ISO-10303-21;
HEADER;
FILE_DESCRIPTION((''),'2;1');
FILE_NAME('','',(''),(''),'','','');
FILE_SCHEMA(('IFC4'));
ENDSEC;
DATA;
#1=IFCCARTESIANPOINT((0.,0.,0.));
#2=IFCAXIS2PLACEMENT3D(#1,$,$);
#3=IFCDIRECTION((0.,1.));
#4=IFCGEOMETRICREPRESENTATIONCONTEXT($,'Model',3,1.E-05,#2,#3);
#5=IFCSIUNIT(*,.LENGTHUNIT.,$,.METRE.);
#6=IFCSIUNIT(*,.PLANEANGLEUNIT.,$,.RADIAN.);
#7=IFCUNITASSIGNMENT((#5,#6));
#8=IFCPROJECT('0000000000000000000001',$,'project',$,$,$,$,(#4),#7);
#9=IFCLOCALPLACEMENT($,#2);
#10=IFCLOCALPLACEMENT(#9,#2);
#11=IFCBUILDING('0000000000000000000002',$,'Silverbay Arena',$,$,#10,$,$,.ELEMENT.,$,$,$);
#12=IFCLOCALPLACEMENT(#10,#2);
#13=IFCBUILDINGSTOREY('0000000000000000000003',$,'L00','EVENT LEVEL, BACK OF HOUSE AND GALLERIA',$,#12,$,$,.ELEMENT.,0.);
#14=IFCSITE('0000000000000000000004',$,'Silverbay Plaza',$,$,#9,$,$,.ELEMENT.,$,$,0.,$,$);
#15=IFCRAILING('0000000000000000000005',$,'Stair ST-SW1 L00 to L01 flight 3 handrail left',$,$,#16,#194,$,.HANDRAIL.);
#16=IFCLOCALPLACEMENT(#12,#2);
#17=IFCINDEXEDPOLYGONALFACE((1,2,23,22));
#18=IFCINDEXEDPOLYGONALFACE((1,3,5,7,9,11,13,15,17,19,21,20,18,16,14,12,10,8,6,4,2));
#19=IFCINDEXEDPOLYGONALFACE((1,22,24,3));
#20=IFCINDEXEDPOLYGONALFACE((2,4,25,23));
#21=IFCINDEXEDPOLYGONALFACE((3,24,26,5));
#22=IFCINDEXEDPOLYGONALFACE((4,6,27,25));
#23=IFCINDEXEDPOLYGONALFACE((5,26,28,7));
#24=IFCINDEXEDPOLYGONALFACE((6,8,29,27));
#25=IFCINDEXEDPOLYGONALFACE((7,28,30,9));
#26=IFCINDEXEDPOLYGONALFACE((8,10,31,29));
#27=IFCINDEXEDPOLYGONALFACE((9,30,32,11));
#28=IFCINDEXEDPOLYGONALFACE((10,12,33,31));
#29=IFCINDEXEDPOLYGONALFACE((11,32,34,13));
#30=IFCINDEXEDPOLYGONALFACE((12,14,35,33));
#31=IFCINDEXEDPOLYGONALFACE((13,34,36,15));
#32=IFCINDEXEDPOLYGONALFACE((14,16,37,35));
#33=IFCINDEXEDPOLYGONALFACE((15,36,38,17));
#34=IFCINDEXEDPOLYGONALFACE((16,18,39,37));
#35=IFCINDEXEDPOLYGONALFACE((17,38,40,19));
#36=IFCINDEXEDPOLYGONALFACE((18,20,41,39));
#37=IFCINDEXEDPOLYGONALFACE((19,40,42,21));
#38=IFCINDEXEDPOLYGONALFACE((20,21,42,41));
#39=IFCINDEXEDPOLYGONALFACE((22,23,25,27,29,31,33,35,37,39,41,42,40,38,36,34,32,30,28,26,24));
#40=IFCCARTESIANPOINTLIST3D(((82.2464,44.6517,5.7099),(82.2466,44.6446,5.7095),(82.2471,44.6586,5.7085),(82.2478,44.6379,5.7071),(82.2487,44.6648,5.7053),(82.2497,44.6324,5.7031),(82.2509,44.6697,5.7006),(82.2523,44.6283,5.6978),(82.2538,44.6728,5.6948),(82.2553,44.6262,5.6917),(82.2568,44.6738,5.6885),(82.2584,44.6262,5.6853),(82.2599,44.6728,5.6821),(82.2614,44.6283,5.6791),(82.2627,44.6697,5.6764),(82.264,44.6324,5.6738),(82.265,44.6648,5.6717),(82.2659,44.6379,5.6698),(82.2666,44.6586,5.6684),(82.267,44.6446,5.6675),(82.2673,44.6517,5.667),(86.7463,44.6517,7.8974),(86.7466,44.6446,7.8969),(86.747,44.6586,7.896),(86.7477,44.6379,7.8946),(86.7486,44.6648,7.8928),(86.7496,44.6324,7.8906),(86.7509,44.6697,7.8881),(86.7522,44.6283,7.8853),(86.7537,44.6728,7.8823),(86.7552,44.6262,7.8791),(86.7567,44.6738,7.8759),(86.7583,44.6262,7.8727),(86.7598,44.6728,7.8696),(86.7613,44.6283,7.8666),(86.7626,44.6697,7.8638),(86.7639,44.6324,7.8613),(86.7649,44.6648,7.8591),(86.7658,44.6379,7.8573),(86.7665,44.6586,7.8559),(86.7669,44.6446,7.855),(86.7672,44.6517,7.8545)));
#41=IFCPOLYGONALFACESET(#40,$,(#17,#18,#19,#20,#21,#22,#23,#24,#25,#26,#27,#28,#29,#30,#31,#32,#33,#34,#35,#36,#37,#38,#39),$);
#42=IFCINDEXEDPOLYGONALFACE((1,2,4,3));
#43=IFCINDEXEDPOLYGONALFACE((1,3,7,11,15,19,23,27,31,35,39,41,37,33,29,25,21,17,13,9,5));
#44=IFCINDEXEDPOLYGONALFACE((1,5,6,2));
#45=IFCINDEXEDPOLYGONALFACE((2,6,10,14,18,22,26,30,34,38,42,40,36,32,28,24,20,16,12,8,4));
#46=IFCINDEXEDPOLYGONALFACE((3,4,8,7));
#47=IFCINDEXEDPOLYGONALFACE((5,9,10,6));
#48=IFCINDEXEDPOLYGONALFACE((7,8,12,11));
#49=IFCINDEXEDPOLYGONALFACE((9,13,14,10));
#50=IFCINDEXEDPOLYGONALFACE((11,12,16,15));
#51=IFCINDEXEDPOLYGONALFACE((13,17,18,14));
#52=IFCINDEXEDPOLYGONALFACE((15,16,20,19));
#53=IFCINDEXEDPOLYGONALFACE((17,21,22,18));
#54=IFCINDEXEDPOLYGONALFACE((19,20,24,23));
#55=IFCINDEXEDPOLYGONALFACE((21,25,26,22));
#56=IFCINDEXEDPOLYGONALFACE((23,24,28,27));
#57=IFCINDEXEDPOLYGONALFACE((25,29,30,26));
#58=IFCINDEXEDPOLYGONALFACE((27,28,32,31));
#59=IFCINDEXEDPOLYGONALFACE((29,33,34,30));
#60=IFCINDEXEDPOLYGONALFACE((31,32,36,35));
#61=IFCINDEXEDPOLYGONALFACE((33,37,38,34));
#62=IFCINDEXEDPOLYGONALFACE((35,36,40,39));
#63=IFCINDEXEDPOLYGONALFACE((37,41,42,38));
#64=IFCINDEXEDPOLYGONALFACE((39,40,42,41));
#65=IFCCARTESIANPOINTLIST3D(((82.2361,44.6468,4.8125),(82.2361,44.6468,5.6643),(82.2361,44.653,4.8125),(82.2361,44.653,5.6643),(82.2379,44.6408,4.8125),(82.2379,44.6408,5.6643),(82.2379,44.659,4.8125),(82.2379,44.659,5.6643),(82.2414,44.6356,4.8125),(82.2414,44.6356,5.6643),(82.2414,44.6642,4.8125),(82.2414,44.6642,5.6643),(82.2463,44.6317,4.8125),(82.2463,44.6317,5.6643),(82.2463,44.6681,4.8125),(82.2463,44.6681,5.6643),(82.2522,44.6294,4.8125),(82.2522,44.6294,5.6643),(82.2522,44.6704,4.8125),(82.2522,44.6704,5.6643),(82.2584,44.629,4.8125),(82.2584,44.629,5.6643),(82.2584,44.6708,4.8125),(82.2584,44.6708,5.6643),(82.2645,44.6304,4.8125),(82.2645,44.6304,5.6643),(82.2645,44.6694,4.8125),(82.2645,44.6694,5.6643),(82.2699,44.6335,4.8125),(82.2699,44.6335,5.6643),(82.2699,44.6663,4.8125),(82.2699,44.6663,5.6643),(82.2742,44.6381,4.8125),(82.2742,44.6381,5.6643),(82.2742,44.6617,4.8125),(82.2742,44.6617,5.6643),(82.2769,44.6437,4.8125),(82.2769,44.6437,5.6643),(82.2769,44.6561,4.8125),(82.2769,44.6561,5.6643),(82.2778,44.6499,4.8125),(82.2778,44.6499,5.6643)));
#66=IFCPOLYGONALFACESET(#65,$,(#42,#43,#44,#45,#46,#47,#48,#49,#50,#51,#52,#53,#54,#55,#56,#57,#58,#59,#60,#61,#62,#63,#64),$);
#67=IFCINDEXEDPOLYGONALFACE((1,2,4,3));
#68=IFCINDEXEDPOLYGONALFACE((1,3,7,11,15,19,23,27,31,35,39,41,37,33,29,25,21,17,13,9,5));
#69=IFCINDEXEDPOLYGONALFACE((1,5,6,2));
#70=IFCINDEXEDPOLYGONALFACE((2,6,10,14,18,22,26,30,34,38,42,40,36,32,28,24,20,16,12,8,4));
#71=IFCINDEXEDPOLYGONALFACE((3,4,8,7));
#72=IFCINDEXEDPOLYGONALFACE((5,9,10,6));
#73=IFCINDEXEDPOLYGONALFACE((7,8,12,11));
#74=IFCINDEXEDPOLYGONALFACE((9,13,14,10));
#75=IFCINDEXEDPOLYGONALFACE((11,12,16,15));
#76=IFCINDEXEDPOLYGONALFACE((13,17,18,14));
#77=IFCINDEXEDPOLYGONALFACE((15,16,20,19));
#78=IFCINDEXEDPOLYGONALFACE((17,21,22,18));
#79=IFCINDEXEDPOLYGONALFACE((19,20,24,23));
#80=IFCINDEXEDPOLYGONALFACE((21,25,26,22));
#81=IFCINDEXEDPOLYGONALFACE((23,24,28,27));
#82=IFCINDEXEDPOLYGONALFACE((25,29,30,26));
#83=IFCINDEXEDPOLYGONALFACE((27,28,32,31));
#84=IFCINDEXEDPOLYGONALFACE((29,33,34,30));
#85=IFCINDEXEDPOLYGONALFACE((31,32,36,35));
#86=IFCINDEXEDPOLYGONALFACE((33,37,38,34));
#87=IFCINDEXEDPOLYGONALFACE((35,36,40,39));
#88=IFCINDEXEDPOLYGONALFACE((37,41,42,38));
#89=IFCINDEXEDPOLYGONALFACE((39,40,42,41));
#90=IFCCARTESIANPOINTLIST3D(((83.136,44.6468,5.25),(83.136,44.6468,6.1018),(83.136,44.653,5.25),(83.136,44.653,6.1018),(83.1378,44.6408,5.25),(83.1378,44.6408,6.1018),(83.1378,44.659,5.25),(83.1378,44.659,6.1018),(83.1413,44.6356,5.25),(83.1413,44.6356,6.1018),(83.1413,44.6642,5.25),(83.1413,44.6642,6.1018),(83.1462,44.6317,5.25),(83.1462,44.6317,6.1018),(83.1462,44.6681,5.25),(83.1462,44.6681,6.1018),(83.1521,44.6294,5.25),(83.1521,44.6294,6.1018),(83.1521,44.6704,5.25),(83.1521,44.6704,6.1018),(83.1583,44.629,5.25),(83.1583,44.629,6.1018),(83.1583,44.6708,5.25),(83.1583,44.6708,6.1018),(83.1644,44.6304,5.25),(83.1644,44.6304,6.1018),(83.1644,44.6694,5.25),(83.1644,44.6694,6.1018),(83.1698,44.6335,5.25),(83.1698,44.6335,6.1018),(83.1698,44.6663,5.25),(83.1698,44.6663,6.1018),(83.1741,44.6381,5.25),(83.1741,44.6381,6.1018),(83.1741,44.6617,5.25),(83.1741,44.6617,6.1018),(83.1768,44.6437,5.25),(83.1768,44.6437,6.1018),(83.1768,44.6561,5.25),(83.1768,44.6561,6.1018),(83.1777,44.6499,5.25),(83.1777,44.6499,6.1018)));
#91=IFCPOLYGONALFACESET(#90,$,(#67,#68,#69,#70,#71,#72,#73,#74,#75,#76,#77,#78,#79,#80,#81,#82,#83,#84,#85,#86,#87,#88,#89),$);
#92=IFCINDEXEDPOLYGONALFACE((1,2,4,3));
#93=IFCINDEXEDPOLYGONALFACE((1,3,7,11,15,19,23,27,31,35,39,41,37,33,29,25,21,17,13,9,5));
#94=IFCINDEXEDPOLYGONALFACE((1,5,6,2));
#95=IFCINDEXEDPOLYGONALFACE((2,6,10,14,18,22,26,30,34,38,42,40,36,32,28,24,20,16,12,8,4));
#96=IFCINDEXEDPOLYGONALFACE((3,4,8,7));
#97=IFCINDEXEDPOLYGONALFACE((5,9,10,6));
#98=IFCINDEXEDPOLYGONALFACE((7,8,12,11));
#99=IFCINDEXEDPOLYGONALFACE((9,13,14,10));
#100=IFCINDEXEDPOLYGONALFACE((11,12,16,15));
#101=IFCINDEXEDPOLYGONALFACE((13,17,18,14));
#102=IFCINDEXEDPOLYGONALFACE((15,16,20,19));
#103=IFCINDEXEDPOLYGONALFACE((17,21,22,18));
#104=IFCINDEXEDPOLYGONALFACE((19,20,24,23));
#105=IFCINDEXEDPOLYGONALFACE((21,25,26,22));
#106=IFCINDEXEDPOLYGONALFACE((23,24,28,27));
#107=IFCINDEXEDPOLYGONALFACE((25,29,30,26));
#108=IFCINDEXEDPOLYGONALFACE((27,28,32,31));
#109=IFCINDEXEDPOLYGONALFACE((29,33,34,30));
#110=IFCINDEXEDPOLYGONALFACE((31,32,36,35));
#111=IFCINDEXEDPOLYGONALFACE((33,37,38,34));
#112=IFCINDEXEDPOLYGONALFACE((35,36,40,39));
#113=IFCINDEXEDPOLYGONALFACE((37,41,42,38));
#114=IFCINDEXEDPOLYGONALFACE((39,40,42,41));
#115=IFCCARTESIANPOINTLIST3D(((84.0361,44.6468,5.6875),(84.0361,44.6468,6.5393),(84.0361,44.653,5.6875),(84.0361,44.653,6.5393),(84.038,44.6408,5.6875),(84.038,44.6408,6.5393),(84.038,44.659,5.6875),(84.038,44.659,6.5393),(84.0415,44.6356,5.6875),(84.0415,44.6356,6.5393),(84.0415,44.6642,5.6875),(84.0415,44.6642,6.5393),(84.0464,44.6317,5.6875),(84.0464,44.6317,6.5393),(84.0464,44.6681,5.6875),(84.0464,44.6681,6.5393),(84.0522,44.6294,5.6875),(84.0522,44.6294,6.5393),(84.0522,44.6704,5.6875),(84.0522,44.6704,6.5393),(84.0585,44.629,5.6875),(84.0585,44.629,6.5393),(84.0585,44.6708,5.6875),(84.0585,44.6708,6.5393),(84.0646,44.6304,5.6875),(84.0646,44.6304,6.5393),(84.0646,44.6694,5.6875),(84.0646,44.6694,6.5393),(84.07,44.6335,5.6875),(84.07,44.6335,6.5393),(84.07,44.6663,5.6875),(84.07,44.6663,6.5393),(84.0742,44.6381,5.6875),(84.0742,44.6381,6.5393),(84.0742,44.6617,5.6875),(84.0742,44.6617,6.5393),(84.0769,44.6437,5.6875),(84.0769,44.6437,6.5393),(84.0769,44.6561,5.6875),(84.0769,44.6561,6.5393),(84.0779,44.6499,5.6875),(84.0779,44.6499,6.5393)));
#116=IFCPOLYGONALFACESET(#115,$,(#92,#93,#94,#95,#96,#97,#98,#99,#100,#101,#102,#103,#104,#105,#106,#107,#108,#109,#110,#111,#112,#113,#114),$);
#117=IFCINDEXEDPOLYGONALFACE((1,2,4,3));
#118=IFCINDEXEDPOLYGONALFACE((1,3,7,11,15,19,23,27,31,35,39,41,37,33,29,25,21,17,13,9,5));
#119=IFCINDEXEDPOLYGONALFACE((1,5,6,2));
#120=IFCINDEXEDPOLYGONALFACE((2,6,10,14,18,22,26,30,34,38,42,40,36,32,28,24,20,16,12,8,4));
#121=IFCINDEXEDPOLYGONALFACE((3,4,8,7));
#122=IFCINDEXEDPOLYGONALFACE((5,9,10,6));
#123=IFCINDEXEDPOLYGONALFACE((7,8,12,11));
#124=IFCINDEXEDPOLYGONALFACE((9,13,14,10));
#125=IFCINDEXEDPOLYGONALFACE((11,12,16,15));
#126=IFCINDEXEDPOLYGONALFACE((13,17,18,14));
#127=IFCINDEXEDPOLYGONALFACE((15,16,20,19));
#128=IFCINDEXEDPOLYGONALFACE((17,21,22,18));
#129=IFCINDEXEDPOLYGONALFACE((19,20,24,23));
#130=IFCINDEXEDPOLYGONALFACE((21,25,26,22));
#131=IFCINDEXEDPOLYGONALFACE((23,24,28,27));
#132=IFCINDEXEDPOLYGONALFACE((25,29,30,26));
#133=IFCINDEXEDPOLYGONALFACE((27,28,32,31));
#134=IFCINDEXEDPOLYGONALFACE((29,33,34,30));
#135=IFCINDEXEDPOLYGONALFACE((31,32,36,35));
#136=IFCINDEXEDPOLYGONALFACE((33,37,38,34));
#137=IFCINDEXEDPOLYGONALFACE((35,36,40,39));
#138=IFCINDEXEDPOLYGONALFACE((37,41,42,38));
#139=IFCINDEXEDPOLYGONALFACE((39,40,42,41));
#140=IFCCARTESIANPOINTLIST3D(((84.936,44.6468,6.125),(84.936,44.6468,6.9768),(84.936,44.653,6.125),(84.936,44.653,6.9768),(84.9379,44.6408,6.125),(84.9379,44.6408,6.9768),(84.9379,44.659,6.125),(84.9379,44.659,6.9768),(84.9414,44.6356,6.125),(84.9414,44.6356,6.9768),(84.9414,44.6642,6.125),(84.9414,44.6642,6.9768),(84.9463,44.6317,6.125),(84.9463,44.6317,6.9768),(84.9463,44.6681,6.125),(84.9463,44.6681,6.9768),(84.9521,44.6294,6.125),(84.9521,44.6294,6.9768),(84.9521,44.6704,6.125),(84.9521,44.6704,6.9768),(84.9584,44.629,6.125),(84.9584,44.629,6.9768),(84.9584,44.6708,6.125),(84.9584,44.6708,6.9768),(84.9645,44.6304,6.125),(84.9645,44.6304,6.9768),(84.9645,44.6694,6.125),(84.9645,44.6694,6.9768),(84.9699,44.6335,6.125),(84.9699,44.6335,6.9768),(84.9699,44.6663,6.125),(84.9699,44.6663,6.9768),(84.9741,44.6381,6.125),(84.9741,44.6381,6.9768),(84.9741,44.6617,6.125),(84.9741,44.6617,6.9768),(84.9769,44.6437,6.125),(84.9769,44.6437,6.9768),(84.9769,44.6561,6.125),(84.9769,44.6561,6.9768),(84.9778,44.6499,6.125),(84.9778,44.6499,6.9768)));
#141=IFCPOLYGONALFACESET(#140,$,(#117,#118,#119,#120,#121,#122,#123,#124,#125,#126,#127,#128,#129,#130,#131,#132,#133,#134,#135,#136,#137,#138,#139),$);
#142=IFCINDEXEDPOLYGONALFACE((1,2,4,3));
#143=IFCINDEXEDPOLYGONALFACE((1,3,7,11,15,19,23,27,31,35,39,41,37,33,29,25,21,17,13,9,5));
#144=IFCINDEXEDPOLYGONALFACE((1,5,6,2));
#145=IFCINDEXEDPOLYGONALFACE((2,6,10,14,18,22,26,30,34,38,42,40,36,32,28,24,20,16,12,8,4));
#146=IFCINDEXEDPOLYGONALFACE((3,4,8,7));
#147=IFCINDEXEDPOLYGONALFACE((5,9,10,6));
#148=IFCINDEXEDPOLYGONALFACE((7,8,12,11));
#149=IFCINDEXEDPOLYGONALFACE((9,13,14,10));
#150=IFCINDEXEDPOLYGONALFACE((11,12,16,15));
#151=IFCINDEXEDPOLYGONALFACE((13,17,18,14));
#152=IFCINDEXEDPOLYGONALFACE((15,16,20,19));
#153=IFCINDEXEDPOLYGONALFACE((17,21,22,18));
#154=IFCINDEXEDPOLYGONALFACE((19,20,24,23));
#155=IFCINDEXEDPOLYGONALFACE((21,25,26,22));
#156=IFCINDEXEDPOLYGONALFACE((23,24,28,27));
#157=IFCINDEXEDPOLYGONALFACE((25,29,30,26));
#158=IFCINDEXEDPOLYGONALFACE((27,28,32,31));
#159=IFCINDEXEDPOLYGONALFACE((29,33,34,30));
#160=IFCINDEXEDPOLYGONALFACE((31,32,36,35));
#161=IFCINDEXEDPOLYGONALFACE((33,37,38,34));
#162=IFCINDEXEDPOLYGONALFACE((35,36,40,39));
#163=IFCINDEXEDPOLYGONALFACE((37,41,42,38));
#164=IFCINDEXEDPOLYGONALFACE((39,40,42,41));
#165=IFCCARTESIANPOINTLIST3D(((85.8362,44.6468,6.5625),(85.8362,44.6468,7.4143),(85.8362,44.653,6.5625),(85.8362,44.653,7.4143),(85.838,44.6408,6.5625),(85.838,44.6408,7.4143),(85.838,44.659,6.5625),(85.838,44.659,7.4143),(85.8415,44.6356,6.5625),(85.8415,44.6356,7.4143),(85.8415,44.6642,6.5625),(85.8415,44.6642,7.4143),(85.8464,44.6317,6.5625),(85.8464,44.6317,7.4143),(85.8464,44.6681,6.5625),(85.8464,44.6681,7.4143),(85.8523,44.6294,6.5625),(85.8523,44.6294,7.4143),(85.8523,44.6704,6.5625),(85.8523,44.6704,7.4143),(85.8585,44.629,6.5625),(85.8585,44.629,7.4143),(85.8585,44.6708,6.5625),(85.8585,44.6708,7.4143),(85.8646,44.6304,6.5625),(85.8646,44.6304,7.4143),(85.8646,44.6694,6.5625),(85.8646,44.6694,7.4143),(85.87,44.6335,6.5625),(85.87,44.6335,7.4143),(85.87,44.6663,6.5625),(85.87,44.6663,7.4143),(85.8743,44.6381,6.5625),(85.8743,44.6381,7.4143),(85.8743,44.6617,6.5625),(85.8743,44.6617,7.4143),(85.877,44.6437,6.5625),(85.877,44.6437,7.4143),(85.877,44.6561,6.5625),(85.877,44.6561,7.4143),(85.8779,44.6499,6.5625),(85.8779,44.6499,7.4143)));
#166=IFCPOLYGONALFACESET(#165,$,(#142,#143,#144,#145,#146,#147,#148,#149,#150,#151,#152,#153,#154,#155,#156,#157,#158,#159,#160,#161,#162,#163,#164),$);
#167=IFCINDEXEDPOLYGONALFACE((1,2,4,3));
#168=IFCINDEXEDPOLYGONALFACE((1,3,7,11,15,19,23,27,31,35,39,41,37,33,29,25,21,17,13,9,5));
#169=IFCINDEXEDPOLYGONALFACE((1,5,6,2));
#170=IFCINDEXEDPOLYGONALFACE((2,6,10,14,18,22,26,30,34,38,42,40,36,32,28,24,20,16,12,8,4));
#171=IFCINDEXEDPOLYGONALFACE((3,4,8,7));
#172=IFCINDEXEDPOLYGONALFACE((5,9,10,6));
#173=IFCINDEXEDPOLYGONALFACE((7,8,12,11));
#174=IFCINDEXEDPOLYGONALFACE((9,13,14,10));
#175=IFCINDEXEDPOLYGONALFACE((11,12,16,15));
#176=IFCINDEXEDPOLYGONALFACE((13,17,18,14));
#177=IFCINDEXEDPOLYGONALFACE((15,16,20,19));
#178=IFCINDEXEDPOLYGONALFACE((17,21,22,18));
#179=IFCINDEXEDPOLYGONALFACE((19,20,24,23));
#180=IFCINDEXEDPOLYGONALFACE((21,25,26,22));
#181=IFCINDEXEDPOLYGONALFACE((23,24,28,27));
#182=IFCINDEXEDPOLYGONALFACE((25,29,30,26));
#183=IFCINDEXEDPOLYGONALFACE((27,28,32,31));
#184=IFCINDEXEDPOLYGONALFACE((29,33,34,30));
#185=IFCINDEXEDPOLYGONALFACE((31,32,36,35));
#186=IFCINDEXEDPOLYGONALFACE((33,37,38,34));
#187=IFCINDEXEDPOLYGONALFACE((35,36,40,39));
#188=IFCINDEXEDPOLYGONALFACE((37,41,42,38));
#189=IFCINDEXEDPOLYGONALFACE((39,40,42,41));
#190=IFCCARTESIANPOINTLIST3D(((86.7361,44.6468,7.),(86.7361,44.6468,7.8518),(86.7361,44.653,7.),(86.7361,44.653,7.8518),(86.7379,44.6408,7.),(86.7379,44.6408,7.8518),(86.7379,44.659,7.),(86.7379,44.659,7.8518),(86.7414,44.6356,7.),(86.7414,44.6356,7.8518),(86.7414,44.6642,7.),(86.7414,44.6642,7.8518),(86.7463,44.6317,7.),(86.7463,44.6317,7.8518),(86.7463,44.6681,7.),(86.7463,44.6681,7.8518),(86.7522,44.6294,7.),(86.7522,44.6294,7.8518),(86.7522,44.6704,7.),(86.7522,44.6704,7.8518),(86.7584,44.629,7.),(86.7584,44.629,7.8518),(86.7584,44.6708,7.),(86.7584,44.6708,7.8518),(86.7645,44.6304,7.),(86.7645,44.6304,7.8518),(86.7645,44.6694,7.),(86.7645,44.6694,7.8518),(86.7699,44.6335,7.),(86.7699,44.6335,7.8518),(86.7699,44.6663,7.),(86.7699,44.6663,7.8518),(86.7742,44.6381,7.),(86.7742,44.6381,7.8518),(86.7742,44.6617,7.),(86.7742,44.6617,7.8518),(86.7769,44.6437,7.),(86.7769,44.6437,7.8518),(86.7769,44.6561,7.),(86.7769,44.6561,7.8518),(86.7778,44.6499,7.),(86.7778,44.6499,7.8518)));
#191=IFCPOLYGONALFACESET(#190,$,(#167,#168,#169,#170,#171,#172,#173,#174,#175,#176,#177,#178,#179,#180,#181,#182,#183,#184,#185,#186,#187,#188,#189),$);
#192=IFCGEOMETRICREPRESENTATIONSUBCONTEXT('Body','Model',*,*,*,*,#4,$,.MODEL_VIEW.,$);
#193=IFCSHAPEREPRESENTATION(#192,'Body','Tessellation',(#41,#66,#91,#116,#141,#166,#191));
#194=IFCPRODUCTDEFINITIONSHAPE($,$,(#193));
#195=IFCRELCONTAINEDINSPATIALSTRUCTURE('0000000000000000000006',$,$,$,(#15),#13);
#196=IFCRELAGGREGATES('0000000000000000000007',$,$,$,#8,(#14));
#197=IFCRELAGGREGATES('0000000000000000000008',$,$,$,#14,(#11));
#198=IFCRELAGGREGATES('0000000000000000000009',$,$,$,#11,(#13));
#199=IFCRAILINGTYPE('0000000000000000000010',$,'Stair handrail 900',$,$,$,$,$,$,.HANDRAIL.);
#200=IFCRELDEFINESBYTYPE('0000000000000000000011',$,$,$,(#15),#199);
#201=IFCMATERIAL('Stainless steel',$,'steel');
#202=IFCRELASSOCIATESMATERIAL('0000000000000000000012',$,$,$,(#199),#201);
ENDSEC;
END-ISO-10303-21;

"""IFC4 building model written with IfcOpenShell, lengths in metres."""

from ifc_helpers import new_model, si_unit, direction, frame, origin, origin_2d, place, context, subcontext, project, spatial, circle, extrude, material, type_object, element, save


model = new_model("IFC4")

# Units and contexts
model_context = context("Model", 3, precision=1e-05, world=origin(), true_north=direction((0.0, 1.0)))
body_context = subcontext(model_context, "Body", "Model", "MODEL_VIEW")
ifc_project = project(units=[si_unit("LENGTHUNIT", "METRE"), si_unit("PLANEANGLEUNIT", "RADIAN")], contexts=[model_context])

# Site, building, storey
site_placement = place(None, origin())
site = spatial("IfcSite", under=ifc_project, at=site_placement, Name="Silverbay Plaza", CompositionType="ELEMENT", RefElevation=0.0)
building_placement = place(site_placement, origin())
building = spatial("IfcBuilding", under=site, at=building_placement, Name="Silverbay Arena", CompositionType="ELEMENT")
storey_placement = place(building_placement, origin())
storey = spatial("IfcBuildingStorey", under=building, at=storey_placement, Name="L00", Description="EVENT LEVEL, BACK OF HOUSE AND GALLERIA", CompositionType="ELEMENT", Elevation=0.0)

# Railing
ifc_material_1 = material(Name="Stainless steel", Category="steel")
railing_type_1 = type_object("IfcRailingType", Name="Stair handrail 900", PredefinedType="HANDRAIL", material=ifc_material_1)
for number, where, name in (
    (1, (82.2568, 44.6499, 4.8125), "Stair ST-SW1 L00 to L01 flight 3 handrail left"),
):
    element("IfcRailing", number, at=place(storey_placement, frame(where)), inside=storey, type_object=railing_type_1, Name=name, PredefinedType="HANDRAIL", context=body_context, shape_type="SweptSolid", body=[
        extrude(circle(Radius=0.0239, at=origin_2d()), frame((0.0, 0.0, 0.876), z_axis=(0.899368, 0.0, 0.437193), x_axis=(0.0, 1.0, 0.0)), (0.0, 0.0, 1.0), 5.0034),
        extrude(circle(Radius=0.021, at=origin_2d()), origin(), (0.0, 0.0, 1.0), 0.8518),
        extrude(circle(Radius=0.021, at=origin_2d()), frame((0.8999, 0.0, 0.4375)), (0.0, 0.0, 1.0), 0.8518),
        extrude(circle(Radius=0.021, at=origin_2d()), frame((1.8, 0.0, 0.875)), (0.0, 0.0, 1.0), 0.8518),
        extrude(circle(Radius=0.021, at=origin_2d()), frame((2.7, 0.0, 1.3125)), (0.0, 0.0, 1.0), 0.8518),
        extrude(circle(Radius=0.021, at=origin_2d()), frame((3.6001, 0.0, 1.75)), (0.0, 0.0, 1.0), 0.8518),
        extrude(circle(Radius=0.021, at=origin_2d()), frame((4.5, 0.0, 2.1875)), (0.0, 0.0, 1.0), 0.8518),
    ])

save(model, "model.ifc")
